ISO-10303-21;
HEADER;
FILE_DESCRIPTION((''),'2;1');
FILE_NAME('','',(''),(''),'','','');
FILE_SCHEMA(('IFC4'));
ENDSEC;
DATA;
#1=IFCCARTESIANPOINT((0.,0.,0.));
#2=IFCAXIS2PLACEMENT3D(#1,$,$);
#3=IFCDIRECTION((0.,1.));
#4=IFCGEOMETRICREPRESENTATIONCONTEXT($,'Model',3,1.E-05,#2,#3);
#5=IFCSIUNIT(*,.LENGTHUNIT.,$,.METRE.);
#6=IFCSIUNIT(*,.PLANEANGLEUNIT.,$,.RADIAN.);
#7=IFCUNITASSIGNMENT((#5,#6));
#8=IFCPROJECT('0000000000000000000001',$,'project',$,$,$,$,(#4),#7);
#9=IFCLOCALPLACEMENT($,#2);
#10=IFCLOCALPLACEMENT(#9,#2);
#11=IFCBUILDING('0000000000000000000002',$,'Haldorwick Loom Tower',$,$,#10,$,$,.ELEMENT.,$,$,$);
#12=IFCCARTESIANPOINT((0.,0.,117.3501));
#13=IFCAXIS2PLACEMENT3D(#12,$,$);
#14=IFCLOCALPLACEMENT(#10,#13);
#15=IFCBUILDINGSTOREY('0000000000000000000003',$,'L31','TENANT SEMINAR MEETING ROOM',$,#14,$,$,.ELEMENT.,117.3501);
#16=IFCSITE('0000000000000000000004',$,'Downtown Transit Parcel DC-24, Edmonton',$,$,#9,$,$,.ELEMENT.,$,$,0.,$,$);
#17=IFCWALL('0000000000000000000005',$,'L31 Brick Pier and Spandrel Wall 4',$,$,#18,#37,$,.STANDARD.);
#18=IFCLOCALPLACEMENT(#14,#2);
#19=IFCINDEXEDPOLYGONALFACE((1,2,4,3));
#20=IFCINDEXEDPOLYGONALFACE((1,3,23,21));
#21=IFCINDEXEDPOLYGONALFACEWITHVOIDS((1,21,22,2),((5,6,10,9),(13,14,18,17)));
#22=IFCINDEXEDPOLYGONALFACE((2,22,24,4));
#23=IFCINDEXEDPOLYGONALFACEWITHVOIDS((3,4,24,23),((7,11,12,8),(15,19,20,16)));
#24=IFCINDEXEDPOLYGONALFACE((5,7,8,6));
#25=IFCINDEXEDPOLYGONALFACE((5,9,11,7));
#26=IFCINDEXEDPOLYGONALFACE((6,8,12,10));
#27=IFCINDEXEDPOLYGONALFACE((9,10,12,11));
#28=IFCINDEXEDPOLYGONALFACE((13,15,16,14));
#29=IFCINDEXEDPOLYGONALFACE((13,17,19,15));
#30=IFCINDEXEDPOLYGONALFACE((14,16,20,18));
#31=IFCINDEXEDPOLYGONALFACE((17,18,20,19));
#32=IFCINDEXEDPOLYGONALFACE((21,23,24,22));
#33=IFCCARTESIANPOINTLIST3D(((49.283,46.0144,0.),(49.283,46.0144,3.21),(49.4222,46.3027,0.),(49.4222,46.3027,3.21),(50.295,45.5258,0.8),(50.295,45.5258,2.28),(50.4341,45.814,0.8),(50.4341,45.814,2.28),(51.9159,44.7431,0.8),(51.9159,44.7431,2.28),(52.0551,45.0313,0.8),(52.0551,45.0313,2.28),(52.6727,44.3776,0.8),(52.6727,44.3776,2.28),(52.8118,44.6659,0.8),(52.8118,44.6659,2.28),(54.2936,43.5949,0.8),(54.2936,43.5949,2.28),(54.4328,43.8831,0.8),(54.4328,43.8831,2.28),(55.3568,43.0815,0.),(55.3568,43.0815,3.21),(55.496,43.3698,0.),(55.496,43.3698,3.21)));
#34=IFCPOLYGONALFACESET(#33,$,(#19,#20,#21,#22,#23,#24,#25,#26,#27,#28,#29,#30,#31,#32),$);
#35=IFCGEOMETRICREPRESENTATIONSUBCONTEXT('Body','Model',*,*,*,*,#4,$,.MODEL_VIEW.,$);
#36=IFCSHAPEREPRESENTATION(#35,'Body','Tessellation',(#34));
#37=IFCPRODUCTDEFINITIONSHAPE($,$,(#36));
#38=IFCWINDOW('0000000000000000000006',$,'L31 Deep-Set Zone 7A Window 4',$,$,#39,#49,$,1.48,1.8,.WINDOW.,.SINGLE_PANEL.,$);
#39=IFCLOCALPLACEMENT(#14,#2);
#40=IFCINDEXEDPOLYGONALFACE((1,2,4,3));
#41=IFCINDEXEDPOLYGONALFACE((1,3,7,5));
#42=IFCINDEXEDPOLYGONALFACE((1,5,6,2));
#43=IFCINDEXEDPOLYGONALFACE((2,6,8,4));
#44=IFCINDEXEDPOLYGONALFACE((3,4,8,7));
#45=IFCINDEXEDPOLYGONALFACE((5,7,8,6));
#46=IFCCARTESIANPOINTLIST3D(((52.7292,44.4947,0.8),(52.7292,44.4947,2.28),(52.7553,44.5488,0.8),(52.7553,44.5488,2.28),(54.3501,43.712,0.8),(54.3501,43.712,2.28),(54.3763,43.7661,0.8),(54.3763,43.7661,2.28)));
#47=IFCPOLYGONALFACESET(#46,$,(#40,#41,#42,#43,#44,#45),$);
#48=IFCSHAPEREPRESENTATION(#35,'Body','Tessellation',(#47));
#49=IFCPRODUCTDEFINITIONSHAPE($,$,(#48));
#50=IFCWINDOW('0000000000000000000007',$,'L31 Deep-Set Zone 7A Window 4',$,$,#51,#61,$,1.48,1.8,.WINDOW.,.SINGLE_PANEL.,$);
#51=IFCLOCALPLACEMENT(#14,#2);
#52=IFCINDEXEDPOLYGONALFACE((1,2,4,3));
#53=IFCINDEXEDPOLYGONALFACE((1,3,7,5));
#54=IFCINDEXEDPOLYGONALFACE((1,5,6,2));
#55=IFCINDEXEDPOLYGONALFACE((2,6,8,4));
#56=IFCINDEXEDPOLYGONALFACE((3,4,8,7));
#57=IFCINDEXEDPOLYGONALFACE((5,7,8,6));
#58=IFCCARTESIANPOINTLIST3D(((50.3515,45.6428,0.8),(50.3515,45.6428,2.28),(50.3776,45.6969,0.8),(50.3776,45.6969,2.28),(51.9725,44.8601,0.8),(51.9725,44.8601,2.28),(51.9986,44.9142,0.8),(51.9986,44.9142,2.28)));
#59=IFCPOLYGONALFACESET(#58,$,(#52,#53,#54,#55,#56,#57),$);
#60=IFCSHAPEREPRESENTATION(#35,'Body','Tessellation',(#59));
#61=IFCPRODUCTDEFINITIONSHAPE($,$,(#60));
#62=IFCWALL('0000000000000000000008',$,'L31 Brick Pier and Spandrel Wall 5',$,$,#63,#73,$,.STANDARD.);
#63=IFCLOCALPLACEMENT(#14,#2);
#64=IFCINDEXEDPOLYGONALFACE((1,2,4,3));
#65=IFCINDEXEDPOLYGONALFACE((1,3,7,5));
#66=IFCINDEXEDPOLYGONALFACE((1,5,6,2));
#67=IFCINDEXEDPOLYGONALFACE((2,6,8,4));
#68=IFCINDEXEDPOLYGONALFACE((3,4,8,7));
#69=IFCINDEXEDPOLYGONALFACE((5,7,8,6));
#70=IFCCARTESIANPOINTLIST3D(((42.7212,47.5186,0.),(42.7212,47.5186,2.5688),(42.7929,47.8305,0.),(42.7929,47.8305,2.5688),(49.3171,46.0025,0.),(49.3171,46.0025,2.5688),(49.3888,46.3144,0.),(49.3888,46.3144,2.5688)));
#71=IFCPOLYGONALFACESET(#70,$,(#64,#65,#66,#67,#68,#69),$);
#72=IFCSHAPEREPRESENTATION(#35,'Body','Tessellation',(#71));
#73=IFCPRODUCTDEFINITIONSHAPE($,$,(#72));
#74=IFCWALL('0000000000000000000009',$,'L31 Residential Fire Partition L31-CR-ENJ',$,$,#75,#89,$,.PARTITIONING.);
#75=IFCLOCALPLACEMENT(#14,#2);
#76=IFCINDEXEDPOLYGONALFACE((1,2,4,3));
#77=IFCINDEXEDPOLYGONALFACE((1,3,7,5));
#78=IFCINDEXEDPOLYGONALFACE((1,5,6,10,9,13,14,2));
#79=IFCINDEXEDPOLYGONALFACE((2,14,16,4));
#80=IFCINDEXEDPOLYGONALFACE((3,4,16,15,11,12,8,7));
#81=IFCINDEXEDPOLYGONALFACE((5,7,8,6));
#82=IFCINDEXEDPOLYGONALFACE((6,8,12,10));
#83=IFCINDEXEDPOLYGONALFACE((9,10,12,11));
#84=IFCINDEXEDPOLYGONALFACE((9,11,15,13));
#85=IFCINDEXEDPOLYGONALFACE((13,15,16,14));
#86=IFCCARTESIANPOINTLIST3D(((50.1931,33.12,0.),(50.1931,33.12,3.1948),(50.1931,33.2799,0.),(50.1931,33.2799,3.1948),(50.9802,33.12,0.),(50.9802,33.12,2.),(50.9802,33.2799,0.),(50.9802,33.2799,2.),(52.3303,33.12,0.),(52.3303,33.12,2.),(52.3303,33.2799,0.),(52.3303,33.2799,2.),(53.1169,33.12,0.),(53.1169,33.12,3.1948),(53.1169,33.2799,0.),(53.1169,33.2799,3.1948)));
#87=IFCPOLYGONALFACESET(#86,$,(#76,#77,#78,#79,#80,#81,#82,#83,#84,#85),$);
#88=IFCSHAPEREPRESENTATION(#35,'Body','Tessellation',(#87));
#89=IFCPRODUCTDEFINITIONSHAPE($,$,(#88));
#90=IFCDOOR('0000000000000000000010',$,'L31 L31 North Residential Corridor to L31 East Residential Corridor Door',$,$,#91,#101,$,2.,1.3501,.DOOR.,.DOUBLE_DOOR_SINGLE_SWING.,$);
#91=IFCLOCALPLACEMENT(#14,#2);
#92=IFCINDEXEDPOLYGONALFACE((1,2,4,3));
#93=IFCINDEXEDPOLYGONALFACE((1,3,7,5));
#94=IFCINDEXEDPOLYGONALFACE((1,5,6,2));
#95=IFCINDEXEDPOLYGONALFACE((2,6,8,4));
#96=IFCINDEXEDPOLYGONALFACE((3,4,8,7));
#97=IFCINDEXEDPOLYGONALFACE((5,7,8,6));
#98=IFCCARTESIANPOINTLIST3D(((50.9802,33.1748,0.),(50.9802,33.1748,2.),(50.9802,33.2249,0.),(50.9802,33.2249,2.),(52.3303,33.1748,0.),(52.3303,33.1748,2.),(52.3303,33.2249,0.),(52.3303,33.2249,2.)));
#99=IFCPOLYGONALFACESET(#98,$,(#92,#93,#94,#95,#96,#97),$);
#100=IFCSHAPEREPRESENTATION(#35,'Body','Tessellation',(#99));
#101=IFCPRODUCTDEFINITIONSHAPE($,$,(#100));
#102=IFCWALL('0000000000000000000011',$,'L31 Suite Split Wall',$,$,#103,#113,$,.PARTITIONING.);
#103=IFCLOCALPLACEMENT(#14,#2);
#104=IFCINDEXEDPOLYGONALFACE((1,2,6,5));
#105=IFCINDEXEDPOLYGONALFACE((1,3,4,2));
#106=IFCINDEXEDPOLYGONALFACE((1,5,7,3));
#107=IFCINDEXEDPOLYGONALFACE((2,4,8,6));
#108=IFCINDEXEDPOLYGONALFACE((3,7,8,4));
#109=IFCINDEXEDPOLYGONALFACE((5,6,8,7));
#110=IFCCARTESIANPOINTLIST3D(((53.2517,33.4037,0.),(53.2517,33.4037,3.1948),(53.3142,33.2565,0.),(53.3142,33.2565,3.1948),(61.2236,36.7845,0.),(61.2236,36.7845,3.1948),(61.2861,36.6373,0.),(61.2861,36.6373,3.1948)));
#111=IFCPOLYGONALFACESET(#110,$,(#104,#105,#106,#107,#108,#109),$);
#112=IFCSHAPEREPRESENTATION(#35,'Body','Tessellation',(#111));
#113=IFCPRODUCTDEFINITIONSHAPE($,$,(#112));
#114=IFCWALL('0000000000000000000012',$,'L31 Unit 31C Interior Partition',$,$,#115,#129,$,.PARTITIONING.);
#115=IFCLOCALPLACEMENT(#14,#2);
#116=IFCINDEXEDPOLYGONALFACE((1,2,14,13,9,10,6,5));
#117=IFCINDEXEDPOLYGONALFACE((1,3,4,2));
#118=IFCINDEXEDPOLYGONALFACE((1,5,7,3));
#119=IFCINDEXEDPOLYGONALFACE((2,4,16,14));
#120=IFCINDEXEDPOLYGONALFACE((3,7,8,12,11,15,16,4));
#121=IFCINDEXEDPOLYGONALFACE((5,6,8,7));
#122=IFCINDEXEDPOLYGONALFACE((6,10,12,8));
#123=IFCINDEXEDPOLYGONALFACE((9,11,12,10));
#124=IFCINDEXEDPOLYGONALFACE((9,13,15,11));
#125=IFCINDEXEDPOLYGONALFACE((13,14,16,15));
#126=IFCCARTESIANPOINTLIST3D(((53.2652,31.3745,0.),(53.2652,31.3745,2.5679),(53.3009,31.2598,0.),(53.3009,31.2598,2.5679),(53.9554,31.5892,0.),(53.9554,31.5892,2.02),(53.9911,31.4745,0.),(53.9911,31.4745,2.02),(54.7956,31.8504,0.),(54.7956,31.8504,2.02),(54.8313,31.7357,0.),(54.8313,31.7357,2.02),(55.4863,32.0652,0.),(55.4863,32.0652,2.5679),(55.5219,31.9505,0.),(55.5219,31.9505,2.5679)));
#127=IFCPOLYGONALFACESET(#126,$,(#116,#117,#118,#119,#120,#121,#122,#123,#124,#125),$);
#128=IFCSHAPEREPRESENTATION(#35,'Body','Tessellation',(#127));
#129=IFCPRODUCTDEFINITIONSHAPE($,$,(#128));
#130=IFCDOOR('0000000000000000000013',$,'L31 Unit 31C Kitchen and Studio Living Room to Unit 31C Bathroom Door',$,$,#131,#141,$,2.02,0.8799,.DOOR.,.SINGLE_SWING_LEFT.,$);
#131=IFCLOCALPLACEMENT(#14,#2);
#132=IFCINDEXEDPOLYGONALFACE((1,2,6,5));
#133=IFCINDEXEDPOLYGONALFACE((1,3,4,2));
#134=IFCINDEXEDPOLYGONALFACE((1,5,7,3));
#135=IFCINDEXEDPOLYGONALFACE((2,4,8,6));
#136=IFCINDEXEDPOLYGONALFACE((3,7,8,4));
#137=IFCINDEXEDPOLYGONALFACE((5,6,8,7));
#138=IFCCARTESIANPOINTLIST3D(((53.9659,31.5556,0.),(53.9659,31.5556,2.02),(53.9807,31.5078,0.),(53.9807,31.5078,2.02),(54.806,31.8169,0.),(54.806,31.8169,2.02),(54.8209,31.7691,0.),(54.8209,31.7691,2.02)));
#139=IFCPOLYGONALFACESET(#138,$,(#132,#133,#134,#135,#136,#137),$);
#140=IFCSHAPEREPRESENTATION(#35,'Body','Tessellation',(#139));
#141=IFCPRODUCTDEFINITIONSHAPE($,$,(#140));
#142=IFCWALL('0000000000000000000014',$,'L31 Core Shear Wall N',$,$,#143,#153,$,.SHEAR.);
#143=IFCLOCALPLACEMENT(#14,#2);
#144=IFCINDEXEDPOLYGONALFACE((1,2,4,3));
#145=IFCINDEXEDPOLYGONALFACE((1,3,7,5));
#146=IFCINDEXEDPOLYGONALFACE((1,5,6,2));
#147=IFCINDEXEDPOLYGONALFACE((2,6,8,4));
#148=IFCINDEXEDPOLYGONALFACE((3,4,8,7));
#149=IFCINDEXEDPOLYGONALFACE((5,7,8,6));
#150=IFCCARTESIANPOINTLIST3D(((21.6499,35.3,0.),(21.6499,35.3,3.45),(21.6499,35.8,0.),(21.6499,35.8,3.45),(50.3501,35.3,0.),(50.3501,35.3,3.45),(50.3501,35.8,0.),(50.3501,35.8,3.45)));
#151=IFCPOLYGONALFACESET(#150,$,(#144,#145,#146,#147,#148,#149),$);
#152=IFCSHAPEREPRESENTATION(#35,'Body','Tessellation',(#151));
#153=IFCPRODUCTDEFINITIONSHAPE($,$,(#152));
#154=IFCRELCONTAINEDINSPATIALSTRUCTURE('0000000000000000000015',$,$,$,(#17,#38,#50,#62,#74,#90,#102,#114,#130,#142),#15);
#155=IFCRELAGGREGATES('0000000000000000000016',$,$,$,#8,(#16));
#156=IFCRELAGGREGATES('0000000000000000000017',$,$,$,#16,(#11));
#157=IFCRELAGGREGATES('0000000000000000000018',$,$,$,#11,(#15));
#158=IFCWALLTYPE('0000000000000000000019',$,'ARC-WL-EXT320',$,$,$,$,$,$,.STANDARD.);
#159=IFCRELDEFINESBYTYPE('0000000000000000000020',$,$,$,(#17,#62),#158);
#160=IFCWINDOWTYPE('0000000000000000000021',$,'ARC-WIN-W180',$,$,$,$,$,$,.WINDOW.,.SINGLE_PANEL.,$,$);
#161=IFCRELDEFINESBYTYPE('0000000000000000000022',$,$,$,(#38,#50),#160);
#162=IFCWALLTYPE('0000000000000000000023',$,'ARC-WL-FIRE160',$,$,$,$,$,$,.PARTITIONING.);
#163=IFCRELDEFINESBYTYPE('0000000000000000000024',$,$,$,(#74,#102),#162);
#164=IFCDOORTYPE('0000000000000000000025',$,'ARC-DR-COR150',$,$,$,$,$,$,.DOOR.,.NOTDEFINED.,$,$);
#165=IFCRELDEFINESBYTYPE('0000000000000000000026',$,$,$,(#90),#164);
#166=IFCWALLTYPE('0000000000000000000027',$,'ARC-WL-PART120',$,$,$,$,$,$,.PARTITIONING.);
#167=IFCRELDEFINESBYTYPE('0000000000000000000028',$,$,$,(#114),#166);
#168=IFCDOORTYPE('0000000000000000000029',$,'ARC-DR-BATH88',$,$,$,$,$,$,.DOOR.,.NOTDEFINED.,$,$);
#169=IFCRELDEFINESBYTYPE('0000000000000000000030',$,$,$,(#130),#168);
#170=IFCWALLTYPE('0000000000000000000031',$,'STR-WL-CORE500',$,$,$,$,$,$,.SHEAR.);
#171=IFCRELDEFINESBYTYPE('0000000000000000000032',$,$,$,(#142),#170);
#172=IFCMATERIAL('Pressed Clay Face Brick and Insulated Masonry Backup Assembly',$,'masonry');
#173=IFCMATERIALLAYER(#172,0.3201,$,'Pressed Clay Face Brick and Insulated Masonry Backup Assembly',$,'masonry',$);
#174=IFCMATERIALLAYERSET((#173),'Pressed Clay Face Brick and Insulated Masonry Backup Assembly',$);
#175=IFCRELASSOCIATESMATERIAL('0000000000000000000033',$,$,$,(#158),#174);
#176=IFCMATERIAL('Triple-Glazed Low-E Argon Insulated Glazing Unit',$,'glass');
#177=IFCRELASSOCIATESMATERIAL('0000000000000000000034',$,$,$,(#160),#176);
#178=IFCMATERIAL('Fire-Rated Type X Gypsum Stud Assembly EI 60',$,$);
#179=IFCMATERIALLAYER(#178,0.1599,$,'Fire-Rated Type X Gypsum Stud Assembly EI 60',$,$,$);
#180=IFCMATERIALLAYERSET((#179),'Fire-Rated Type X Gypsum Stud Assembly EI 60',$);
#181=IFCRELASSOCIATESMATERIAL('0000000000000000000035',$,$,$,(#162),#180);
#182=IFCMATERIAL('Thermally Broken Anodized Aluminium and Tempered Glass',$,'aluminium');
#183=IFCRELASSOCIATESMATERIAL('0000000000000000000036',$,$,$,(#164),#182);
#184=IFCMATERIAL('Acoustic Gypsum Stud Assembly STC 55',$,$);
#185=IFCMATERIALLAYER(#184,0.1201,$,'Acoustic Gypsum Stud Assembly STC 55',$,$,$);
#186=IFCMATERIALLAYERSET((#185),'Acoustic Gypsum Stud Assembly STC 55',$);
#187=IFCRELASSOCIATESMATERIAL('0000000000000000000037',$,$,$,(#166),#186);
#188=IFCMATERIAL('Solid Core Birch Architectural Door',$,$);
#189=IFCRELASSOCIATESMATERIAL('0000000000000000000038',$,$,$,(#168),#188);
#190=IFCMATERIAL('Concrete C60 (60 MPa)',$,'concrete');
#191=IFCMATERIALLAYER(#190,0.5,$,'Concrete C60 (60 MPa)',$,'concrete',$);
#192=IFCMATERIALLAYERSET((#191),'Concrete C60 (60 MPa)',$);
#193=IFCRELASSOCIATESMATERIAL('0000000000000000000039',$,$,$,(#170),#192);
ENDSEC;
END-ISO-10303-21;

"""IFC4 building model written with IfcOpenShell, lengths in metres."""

from ifc_helpers import new_model, si_unit, direction, frame, frame_2d, origin, place, context, subcontext, project, spatial, rectangle, extrude, material, layer, layer_set, type_object, element, fill, save


model = new_model("IFC4")

# Units and contexts
model_context = context("Model", 3, precision=1e-05, world=origin(), true_north=direction((0.0, 1.0)))
body_context = subcontext(model_context, "Body", "Model", "MODEL_VIEW")
ifc_project = project(units=[si_unit("LENGTHUNIT", "METRE"), si_unit("PLANEANGLEUNIT", "RADIAN")], contexts=[model_context])

# Site, building, storey
site_placement = place(None, origin())
site = spatial("IfcSite", under=ifc_project, at=site_placement, Name="Downtown Transit Parcel DC-24, Edmonton", CompositionType="ELEMENT", RefElevation=0.0)
building_placement = place(site_placement, origin())
building = spatial("IfcBuilding", under=site, at=building_placement, Name="Haldorwick Loom Tower", CompositionType="ELEMENT")
storey_placement = place(building_placement, frame((0.0, 0.0, 117.3501)))
storey = spatial("IfcBuildingStorey", under=building, at=storey_placement, Name="L31", Description="TENANT SEMINAR MEETING ROOM", CompositionType="ELEMENT", Elevation=117.3501)

# Shared definitions
ifc_material_1 = material(Name="Concrete C60 (60 MPa)", Category="concrete")

# Shared definitions
ifc_material_2 = material(Name="Pressed Clay Face Brick and Insulated Masonry Backup Assembly", Category="masonry")
ifc_layer_1 = layer(ifc_material_2, 0.3201, Name="Pressed Clay Face Brick and Insulated Masonry Backup Assembly", Category="masonry")
ifc_layer_set_1 = layer_set([ifc_layer_1], Name="Pressed Clay Face Brick and Insulated Masonry Backup Assembly")
wall_type_1 = type_object("IfcWallType", Name="ARC-WL-EXT320", PredefinedType="STANDARD", material=ifc_layer_set_1)

# Shared definitions
ifc_material_3 = material(Name="Triple-Glazed Low-E Argon Insulated Glazing Unit", Category="glass")
window_type = type_object("IfcWindowType", Name="ARC-WIN-W180", PartitioningType="SINGLE_PANEL", PredefinedType="WINDOW", material=ifc_material_3)

# Wall, openings, windows
wall_1_placement = place(storey_placement, frame((55.4265, 43.2256, 0.0), z_axis=(0.0, 0.0, 1.0), x_axis=(-0.90051, 0.434835, 0.0)))
wall_1 = element("IfcWall", 1, at=wall_1_placement, inside=storey, type_object=wall_type_1, Name="L31 Brick Pier and Spandrel Wall 4", PredefinedType="STANDARD", context=body_context, shape_type="SweptSolid", body=[
    extrude(rectangle(XDim=6.7449, YDim=0.3201, at=frame_2d((3.3726, 0.0))), origin(), (0.0, 0.0, 1.0), 3.21),
])
opening_1_placement = place(wall_1_placement, frame((1.1809, 0.0, 0.8)))
opening_1 = element("IfcOpeningElement", 2, at=opening_1_placement, cuts=wall_1, PredefinedType="OPENING", context=body_context, shape_type="SweptSolid", body=[
    extrude(rectangle(XDim=1.8, YDim=1.48, at=frame_2d((0.8999, 0.74))), frame((0.0, 0.1699, 0.0), z_axis=(0.0, -1.0, 0.0), x_axis=(1.0, 0.0, 0.0)), (0.0, 0.0, 1.0), 0.3401),
])
opening_2_placement = place(wall_1_placement, frame((3.8213, 0.0, 0.8)))
opening_2 = element("IfcOpeningElement", 3, at=opening_2_placement, cuts=wall_1, PredefinedType="OPENING", context=body_context, shape_type="SweptSolid", body=[
    extrude(rectangle(XDim=1.8, YDim=1.48, at=frame_2d((0.8999, 0.74))), frame((0.0, 0.1699, 0.0), z_axis=(0.0, -1.0, 0.0), x_axis=(1.0, 0.0, 0.0)), (0.0, 0.0, 1.0), 0.3401),
])
window_1_placement = place(opening_1_placement, origin())
window_1 = element("IfcWindow", 4, at=window_1_placement, inside=storey, type_object=window_type, Name="L31 Deep-Set Zone 7A Window 4", OverallHeight=1.48, OverallWidth=1.8, PartitioningType="SINGLE_PANEL", PredefinedType="WINDOW", context=body_context, shape_type="SweptSolid", body=[
    extrude(rectangle(XDim=1.8, YDim=1.48, at=frame_2d((0.8999, 0.74))), frame((0.0, 0.03, 0.0), z_axis=(0.0, -1.0, 0.0), x_axis=(1.0, 0.0, 0.0)), (0.0, 0.0, 1.0), 0.0601),
])
fill(opening_1, window_1)
window_2_placement = place(opening_2_placement, origin())
window_2 = element("IfcWindow", 5, at=window_2_placement, inside=storey, type_object=window_type, Name="L31 Deep-Set Zone 7A Window 4", OverallHeight=1.48, OverallWidth=1.8, PartitioningType="SINGLE_PANEL", PredefinedType="WINDOW", context=body_context, shape_type="SweptSolid", body=[
    extrude(rectangle(XDim=1.8, YDim=1.48, at=frame_2d((0.8999, 0.74))), frame((0.0, 0.03, 0.0), z_axis=(0.0, -1.0, 0.0), x_axis=(1.0, 0.0, 0.0)), (0.0, 0.0, 1.0), 0.0601),
])
fill(opening_2, window_2)

# Wall
wall_2_placement = place(storey_placement, frame((49.3528, 46.1584, 0.0), z_axis=(0.0, 0.0, 1.0), x_axis=(-0.974584, 0.224022, 0.0)))
element("IfcWall", 6, at=wall_2_placement, inside=storey, type_object=wall_type_1, Name="L31 Brick Pier and Spandrel Wall 5", PredefinedType="STANDARD", context=body_context, shape_type="SweptSolid", body=[
    extrude(rectangle(XDim=6.7678, YDim=0.3201, at=frame_2d((3.3838, 0.0))), origin(), (0.0, 0.0, 1.0), 2.5688),
])

# Wall, opening, door
ifc_material_4 = material(Name="Fire-Rated Type X Gypsum Stud Assembly EI 60")
ifc_layer_2 = layer(ifc_material_4, 0.1599, Name="Fire-Rated Type X Gypsum Stud Assembly EI 60")
ifc_layer_set_2 = layer_set([ifc_layer_2], Name="Fire-Rated Type X Gypsum Stud Assembly EI 60")
wall_type_2 = type_object("IfcWallType", Name="ARC-WL-FIRE160", PredefinedType="PARTITIONING", material=ifc_layer_set_2)
wall_3_placement = place(storey_placement, frame((50.1931, 33.2, 0.0), z_axis=(0.0, 0.0, 1.0), x_axis=(1.0, 0.0, 0.0)))
wall_3 = element("IfcWall", 7, at=wall_3_placement, inside=storey, type_object=wall_type_2, Name="L31 Residential Fire Partition L31-CR-ENJ", PredefinedType="PARTITIONING", context=body_context, shape_type="SweptSolid", body=[
    extrude(rectangle(XDim=2.9238, YDim=0.1599, at=frame_2d((1.4619, 0.0))), origin(), (0.0, 0.0, 1.0), 3.1948),
])
opening_3_placement = place(wall_3_placement, frame((0.7871, 0.0, 0.0)))
opening_3 = element("IfcOpeningElement", 8, at=opening_3_placement, cuts=wall_3, PredefinedType="OPENING", context=body_context, shape_type="SweptSolid", body=[
    extrude(rectangle(XDim=1.3501, YDim=2.0, at=frame_2d((0.675, 1.0))), frame((0.0, 0.0898, 0.0), z_axis=(0.0, -1.0, 0.0), x_axis=(1.0, 0.0, 0.0)), (0.0, 0.0, 1.0), 0.1799),
])
ifc_material_5 = material(Name="Thermally Broken Anodized Aluminium and Tempered Glass", Category="aluminium")
door_type_1 = type_object("IfcDoorType", Name="ARC-DR-COR150", OperationType="NOTDEFINED", PredefinedType="DOOR", material=ifc_material_5)
door_1_placement = place(opening_3_placement, origin())
door_1 = element("IfcDoor", 9, at=door_1_placement, inside=storey, type_object=door_type_1, Name="L31 L31 North Residential Corridor to L31 East Residential Corridor Door", OperationType="DOUBLE_DOOR_SINGLE_SWING", OverallHeight=2.0, OverallWidth=1.3501, PredefinedType="DOOR", context=body_context, shape_type="SweptSolid", body=[
    extrude(rectangle(XDim=1.3501, YDim=2.0, at=frame_2d((0.675, 1.0))), frame((0.0, 0.0249, 0.0), z_axis=(0.0, -1.0, 0.0), x_axis=(1.0, 0.0, 0.0)), (0.0, 0.0, 1.0), 0.05),
])
fill(opening_3, door_1)

# Wall
wall_4_placement = place(storey_placement, frame((53.283, 33.3301, 0.0), z_axis=(0.0, 0.0, 1.0), x_axis=(0.92063, 0.390435, 0.0)))
element("IfcWall", 10, at=wall_4_placement, inside=storey, type_object=wall_type_2, Name="L31 Suite Split Wall", PredefinedType="PARTITIONING", context=body_context, shape_type="SweptSolid", body=[
    extrude(rectangle(XDim=8.6592, YDim=0.1599, at=frame_2d((4.3296, 0.0))), origin(), (0.0, 0.0, 1.0), 3.1948),
])

# Wall, opening, door
ifc_material_6 = material(Name="Acoustic Gypsum Stud Assembly STC 55")
ifc_layer_3 = layer(ifc_material_6, 0.1201, Name="Acoustic Gypsum Stud Assembly STC 55")
ifc_layer_set_3 = layer_set([ifc_layer_3], Name="Acoustic Gypsum Stud Assembly STC 55")
wall_type_3 = type_object("IfcWallType", Name="ARC-WL-PART120", PredefinedType="PARTITIONING", material=ifc_layer_set_3)
wall_5_placement = place(storey_placement, frame((53.283, 31.3171, 0.0), z_axis=(0.0, 0.0, 1.0), x_axis=(0.954892, 0.296954, 0.0)))
wall_5 = element("IfcWall", 11, at=wall_5_placement, inside=storey, type_object=wall_type_3, Name="L31 Unit 31C Interior Partition", PredefinedType="PARTITIONING", context=body_context, shape_type="SweptSolid", body=[
    extrude(rectangle(XDim=2.3259, YDim=0.1201, at=frame_2d((1.1631, 0.0))), origin(), (0.0, 0.0, 1.0), 2.5679),
])
opening_4_placement = place(wall_5_placement, frame((0.7229, 0.0, 0.0)))
opening_4 = element("IfcOpeningElement", 12, at=opening_4_placement, cuts=wall_5, PredefinedType="OPENING", context=body_context, shape_type="SweptSolid", body=[
    extrude(rectangle(XDim=0.8799, YDim=2.02, at=frame_2d((0.4399, 1.01))), frame((0.0, 0.0701, 0.0), z_axis=(0.0, -1.0, 0.0), x_axis=(1.0, 0.0, 0.0)), (0.0, 0.0, 1.0), 0.1401),
])
ifc_material_7 = material(Name="Solid Core Birch Architectural Door")
door_type_2 = type_object("IfcDoorType", Name="ARC-DR-BATH88", OperationType="NOTDEFINED", PredefinedType="DOOR", material=ifc_material_7)
door_2_placement = place(opening_4_placement, origin())
door_2 = element("IfcDoor", 13, at=door_2_placement, inside=storey, type_object=door_type_2, Name="L31 Unit 31C Kitchen and Studio Living Room to Unit 31C Bathroom Door", OperationType="SINGLE_SWING_LEFT", OverallHeight=2.02, OverallWidth=0.8799, PredefinedType="DOOR", context=body_context, shape_type="SweptSolid", body=[
    extrude(rectangle(XDim=0.8799, YDim=2.02, at=frame_2d((0.4399, 1.01))), frame((0.0, 0.0249, 0.0), z_axis=(0.0, -1.0, 0.0), x_axis=(1.0, 0.0, 0.0)), (0.0, 0.0, 1.0), 0.05),
])
fill(opening_4, door_2)

# Wall
ifc_layer_4 = layer(ifc_material_1, 0.5, Name="Concrete C60 (60 MPa)", Category="concrete")
ifc_layer_set_4 = layer_set([ifc_layer_4], Name="Concrete C60 (60 MPa)")
wall_type_4 = type_object("IfcWallType", Name="STR-WL-CORE500", PredefinedType="SHEAR", material=ifc_layer_set_4)
wall_6_placement = place(storey_placement, frame((50.3501, 35.55, 0.0), z_axis=(0.0, 0.0, 1.0), x_axis=(-1.0, 0.0, 0.0)))
element("IfcWall", 14, at=wall_6_placement, inside=storey, type_object=wall_type_4, Name="L31 Core Shear Wall N", PredefinedType="SHEAR", context=body_context, shape_type="SweptSolid", body=[
    extrude(rectangle(XDim=28.7002, YDim=0.5, at=frame_2d((14.3501, 0.0))), origin(), (0.0, 0.0, 1.0), 3.45),
])

save(model, "model.ifc")
